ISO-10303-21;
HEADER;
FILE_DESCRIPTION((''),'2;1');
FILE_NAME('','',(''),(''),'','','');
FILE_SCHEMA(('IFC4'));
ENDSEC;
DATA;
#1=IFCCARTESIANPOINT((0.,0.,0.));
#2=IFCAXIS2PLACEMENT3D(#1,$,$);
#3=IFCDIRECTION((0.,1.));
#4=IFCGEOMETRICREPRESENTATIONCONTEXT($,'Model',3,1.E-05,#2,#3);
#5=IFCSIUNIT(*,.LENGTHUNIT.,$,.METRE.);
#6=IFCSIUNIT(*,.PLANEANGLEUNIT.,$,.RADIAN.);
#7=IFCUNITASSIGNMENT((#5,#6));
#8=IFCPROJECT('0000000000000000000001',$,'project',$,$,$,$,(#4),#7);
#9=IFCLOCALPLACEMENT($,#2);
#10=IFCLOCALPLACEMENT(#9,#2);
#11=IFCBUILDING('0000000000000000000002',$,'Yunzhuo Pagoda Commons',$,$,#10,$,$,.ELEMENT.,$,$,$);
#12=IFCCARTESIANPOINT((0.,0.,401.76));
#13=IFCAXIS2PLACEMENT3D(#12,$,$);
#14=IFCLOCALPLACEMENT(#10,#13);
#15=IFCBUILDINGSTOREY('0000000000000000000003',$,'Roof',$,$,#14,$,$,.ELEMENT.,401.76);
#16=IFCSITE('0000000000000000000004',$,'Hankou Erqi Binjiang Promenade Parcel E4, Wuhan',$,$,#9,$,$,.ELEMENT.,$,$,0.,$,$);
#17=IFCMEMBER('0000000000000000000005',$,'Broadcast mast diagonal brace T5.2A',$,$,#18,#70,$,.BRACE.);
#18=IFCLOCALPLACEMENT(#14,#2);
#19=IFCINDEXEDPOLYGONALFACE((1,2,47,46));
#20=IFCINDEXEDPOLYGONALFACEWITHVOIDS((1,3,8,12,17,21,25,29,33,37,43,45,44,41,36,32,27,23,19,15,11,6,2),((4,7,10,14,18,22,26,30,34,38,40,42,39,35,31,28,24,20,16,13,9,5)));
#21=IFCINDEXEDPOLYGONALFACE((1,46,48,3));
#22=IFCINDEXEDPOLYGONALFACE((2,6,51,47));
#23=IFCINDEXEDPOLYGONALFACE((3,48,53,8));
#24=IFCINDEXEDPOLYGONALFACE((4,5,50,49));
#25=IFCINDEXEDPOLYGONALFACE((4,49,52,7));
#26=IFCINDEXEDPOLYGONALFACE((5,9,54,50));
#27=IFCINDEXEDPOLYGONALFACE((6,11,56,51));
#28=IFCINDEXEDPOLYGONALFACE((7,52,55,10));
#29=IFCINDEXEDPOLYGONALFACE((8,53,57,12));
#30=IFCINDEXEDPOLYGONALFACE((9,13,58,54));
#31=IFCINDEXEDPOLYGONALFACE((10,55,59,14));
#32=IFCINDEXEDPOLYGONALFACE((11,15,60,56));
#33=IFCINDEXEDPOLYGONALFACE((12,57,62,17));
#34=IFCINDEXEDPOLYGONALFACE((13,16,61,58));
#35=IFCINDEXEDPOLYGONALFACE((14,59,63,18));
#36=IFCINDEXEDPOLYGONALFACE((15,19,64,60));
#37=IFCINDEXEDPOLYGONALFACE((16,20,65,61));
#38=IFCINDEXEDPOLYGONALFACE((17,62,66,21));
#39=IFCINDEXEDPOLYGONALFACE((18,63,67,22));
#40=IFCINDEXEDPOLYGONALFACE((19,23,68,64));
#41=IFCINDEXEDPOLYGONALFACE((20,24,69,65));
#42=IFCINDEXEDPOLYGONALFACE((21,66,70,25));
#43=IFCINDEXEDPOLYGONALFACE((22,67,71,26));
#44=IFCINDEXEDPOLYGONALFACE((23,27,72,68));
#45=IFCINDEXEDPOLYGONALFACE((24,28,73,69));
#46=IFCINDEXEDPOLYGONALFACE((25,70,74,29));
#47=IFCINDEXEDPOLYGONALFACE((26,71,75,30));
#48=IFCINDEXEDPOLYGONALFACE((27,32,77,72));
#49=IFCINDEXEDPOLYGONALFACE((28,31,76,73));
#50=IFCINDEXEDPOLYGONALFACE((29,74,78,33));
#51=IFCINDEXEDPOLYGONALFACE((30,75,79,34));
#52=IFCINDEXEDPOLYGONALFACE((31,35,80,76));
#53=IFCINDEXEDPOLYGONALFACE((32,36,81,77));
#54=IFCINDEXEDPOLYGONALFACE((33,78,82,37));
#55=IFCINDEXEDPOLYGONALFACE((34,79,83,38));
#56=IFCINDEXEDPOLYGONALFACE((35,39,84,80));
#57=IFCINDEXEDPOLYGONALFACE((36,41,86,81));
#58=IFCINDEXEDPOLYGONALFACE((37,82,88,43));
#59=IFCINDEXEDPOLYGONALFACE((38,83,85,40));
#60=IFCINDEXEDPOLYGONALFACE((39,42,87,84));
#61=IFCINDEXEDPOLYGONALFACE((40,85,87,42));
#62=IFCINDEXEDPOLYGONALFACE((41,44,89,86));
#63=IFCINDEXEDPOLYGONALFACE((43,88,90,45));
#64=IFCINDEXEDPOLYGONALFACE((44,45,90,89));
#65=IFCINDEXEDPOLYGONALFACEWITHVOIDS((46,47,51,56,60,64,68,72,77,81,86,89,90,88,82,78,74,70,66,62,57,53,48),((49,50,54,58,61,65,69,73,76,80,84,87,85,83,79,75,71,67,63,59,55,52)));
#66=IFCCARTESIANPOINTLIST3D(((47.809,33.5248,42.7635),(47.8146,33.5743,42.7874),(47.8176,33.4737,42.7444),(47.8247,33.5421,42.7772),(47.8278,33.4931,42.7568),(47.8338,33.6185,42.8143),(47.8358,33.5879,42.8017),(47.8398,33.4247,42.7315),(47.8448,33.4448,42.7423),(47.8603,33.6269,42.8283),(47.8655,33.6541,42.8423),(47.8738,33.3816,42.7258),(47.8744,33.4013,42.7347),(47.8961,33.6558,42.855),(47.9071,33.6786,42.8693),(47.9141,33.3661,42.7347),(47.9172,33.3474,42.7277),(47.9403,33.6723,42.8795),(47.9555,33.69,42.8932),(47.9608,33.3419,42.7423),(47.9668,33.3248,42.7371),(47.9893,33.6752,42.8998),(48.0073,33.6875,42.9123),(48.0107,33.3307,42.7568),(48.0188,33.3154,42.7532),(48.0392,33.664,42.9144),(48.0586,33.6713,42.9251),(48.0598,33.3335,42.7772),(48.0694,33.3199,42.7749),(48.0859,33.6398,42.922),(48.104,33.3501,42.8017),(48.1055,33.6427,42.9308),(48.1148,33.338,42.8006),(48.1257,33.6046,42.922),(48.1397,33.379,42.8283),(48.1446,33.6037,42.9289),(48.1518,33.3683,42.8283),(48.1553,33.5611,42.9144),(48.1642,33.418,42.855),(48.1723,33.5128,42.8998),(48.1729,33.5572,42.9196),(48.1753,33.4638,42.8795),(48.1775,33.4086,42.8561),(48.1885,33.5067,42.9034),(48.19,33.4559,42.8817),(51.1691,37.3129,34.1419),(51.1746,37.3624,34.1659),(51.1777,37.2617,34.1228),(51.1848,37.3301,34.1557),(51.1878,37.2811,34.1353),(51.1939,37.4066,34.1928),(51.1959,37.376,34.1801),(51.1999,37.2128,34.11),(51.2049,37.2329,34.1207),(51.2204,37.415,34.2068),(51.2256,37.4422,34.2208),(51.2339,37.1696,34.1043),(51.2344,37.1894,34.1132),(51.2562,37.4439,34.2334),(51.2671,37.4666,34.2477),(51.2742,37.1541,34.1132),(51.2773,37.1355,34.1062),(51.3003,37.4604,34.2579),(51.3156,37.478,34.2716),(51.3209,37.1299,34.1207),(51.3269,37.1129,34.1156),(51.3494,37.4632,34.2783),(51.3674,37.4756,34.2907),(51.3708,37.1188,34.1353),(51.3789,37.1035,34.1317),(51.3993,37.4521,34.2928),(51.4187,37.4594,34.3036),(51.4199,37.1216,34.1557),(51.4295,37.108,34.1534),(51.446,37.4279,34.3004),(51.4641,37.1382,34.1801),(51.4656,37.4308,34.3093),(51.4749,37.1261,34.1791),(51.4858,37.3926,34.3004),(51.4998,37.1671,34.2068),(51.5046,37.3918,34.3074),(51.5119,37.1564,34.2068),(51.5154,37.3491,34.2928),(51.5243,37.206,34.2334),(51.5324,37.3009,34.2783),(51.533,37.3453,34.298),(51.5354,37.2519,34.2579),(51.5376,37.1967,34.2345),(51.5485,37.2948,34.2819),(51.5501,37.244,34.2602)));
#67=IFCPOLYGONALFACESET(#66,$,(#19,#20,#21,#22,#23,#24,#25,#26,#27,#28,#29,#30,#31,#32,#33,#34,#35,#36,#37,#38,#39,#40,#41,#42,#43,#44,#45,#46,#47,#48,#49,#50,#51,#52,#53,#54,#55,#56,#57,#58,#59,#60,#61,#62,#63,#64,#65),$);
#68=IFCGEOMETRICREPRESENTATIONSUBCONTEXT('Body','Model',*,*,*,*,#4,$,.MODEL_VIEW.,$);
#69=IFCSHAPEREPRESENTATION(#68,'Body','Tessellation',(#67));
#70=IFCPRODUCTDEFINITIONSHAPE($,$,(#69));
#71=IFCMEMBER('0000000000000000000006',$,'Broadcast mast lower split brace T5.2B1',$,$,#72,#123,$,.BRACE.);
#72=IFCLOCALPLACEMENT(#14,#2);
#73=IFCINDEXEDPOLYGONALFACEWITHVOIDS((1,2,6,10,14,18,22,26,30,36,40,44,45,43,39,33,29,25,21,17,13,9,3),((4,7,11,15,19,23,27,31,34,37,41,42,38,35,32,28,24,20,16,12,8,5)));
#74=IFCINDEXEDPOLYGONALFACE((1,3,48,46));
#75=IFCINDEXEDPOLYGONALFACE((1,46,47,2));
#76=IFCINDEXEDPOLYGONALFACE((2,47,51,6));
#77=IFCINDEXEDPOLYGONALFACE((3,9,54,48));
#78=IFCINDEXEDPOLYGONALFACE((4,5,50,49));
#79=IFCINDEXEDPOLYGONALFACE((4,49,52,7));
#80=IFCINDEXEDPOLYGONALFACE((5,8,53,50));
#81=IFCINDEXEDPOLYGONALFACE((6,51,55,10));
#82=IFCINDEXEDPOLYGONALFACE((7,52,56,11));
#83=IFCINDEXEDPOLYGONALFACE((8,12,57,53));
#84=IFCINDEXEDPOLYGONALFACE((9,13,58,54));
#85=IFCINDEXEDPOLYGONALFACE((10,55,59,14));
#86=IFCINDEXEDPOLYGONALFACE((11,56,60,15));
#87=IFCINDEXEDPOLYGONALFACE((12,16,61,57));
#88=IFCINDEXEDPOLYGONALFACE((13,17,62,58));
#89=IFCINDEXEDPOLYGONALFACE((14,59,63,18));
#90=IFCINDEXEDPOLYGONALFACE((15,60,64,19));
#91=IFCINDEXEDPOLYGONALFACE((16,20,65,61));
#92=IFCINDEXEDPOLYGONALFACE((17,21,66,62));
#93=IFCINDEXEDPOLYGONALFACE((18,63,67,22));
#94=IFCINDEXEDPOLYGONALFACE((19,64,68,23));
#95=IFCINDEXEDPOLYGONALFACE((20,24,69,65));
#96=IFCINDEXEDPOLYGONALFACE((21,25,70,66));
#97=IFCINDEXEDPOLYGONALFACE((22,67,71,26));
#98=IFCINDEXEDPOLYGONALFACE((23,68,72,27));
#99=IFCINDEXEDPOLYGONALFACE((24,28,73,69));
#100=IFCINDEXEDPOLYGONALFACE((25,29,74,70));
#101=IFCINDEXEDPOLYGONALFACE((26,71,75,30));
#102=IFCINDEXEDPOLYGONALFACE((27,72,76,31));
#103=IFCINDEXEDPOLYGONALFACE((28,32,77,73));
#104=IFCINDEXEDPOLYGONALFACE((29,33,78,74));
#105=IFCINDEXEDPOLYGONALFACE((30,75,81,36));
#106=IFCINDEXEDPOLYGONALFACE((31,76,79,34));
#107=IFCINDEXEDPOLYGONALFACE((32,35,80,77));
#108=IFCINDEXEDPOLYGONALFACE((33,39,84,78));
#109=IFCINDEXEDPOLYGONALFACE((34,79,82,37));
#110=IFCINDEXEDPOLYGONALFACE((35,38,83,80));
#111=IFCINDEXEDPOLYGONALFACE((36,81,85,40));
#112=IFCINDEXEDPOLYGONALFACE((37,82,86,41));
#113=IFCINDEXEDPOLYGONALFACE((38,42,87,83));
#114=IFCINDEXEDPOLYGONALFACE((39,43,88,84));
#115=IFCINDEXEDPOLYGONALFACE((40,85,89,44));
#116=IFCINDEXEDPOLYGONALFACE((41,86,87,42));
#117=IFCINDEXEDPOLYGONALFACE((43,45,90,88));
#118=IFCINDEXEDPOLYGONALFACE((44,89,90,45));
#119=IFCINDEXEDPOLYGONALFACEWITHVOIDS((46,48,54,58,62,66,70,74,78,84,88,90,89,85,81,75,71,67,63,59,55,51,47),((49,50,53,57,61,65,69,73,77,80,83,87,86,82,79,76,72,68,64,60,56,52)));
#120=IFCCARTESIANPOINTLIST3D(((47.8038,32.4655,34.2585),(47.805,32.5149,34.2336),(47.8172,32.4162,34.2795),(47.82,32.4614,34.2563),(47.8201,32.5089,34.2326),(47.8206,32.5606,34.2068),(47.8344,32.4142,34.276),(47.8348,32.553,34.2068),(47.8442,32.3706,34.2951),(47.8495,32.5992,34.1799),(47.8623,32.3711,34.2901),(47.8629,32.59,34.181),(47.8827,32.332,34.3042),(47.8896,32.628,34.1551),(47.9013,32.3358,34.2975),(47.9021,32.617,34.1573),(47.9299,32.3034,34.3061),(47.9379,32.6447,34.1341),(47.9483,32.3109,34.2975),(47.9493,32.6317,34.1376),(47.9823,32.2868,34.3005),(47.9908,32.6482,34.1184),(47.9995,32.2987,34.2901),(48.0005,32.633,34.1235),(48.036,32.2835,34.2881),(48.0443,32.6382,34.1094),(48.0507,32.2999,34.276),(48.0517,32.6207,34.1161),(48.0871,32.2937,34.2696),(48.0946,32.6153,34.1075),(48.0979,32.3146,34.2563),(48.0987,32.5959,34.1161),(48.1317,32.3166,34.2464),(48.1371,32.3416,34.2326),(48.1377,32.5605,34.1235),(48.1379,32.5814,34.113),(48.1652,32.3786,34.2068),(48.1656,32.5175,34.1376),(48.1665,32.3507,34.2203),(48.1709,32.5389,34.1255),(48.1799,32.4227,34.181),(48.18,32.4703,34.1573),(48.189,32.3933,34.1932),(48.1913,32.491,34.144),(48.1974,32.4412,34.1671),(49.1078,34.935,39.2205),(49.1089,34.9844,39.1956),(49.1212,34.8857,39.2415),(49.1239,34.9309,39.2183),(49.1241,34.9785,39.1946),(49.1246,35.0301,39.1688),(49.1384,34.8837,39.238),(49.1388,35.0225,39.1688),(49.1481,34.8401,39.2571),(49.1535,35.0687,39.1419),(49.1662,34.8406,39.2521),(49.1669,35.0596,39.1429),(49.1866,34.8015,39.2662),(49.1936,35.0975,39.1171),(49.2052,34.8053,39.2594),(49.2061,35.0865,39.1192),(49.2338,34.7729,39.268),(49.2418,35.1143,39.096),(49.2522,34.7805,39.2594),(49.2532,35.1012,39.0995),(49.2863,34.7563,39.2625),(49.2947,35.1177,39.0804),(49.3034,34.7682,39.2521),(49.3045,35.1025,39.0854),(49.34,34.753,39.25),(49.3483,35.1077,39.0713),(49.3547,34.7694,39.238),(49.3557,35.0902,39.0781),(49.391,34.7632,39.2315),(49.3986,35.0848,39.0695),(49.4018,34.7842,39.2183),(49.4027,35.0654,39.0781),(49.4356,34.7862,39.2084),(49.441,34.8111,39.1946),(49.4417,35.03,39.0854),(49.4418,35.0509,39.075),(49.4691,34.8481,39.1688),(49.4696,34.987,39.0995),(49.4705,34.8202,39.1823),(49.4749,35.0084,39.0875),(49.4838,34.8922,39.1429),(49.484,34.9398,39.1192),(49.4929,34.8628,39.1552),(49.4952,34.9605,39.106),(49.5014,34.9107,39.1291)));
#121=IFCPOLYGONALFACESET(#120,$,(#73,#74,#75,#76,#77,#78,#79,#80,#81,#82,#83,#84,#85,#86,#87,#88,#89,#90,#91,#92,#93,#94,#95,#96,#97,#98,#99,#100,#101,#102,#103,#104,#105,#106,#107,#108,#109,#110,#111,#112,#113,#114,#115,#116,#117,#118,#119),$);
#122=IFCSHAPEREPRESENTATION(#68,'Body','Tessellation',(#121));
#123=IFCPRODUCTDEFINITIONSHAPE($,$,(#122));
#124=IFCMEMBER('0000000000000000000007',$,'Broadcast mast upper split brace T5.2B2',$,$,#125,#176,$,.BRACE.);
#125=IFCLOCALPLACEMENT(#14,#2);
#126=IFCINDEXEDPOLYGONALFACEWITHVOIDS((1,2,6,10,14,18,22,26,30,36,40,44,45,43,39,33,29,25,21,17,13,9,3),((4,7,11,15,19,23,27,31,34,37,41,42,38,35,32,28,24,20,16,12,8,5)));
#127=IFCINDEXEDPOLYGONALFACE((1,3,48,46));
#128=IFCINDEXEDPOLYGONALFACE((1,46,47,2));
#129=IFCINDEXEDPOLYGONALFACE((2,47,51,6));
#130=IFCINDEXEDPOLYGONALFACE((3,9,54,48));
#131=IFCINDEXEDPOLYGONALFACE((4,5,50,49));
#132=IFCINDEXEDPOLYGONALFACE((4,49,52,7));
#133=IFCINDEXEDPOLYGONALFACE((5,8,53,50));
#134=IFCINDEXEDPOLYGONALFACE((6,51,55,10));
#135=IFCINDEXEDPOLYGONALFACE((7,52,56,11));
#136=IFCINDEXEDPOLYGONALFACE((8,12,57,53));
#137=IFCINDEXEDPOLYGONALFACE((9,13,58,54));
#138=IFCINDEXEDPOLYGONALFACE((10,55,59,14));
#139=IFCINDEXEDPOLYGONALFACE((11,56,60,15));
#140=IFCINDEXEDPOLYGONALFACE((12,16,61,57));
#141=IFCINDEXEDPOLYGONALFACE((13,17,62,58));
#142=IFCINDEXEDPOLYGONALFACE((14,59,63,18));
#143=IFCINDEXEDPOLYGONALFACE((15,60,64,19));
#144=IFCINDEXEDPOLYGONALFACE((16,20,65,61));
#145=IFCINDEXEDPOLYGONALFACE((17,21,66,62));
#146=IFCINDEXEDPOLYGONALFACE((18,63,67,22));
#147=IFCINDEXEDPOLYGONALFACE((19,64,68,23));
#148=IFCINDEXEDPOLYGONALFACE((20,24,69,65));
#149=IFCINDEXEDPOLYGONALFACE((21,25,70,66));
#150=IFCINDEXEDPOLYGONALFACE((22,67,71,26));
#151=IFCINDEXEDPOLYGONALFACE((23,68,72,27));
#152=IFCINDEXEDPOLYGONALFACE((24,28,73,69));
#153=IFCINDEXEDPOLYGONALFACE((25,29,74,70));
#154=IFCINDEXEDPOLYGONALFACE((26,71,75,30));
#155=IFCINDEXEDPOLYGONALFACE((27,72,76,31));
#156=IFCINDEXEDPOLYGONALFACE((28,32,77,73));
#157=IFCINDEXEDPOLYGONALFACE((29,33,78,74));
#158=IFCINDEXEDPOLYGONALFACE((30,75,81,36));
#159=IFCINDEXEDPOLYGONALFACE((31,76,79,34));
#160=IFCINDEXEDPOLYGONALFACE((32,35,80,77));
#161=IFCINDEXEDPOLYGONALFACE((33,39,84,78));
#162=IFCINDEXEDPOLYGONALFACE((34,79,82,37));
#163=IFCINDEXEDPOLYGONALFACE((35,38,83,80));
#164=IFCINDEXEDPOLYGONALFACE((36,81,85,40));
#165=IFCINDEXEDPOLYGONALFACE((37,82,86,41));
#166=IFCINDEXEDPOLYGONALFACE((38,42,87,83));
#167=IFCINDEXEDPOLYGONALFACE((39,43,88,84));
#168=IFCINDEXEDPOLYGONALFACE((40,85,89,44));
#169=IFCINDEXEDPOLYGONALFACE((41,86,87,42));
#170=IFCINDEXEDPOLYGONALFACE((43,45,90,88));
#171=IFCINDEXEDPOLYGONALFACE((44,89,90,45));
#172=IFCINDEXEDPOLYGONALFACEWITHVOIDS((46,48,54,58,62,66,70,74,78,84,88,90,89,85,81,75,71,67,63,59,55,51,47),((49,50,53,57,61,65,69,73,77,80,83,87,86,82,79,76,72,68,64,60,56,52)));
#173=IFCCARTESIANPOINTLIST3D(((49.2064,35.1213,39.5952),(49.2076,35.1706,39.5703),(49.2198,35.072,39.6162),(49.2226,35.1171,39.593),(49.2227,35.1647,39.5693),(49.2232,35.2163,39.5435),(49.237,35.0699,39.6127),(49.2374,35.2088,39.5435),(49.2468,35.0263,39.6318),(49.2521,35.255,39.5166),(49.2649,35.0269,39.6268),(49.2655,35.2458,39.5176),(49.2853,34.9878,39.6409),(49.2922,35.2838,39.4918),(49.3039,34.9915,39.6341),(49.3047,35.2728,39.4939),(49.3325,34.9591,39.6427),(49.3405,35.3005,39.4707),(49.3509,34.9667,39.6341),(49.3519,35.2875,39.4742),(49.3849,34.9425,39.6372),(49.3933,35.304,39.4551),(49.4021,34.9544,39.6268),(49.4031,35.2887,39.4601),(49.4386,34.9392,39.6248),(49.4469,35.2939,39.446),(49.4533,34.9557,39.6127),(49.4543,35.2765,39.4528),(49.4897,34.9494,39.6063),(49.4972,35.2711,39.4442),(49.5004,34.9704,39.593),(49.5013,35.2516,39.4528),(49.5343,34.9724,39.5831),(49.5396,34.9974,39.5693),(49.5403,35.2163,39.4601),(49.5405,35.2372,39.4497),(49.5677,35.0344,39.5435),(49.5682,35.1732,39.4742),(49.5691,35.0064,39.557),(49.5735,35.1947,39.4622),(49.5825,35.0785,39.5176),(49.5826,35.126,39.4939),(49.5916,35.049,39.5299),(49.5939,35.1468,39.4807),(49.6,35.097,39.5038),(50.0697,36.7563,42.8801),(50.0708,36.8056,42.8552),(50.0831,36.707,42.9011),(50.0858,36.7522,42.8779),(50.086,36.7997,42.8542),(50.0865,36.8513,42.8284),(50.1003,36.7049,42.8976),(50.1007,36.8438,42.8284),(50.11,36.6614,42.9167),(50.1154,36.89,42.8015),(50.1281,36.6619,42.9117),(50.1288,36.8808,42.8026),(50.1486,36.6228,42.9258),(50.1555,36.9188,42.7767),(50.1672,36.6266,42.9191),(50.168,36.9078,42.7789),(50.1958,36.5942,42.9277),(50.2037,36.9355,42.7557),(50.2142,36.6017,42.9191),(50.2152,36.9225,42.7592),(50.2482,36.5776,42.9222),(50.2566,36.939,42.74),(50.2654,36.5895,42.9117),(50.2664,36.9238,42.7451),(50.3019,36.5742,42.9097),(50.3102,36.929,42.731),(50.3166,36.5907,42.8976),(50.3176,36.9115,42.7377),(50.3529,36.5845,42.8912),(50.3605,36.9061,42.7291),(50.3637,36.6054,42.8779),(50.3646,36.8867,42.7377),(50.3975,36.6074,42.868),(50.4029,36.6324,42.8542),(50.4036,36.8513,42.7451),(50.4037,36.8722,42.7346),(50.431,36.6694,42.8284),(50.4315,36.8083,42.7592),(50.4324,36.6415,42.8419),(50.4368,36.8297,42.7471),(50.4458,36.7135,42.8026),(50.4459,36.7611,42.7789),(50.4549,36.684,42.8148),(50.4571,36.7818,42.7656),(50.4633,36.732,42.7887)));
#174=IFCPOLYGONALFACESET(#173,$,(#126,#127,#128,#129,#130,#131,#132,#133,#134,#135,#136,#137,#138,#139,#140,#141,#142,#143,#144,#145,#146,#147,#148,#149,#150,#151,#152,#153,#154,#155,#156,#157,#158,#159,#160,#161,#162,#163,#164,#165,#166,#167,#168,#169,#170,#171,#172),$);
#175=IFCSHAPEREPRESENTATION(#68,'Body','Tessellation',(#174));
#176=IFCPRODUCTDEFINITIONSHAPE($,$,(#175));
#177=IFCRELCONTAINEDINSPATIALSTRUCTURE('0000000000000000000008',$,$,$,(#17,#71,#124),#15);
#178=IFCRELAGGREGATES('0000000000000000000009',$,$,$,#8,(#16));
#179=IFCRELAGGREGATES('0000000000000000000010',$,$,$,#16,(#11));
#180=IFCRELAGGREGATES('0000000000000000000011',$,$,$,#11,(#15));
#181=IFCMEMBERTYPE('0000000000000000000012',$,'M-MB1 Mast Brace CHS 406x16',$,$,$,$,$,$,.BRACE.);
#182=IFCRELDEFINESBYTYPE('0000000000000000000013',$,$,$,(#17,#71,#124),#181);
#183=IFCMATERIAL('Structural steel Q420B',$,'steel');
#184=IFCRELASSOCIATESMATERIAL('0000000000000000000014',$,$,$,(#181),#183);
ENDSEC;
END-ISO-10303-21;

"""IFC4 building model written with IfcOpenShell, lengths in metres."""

from ifc_helpers import new_model, si_unit, direction, frame, origin, origin_2d, place, context, subcontext, project, spatial, hollow_circle, extrude, source, transform, mapped, material, material_profile, profile_set, type_object, element, save


model = new_model("IFC4")

# Units and contexts
model_context = context("Model", 3, precision=1e-05, world=origin(), true_north=direction((0.0, 1.0)))
body_context = subcontext(model_context, "Body", "Model", "MODEL_VIEW")
ifc_project = project(units=[si_unit("LENGTHUNIT", "METRE"), si_unit("PLANEANGLEUNIT", "RADIAN")], contexts=[model_context])

# Site, building, storey
site_placement = place(None, origin())
site = spatial("IfcSite", under=ifc_project, at=site_placement, Name="Hankou Erqi Binjiang Promenade Parcel E4, Wuhan", CompositionType="ELEMENT", RefElevation=0.0)
building_placement = place(site_placement, origin())
building = spatial("IfcBuilding", under=site, at=building_placement, Name="Yunzhuo Pagoda Commons", CompositionType="ELEMENT")
storey_placement = place(building_placement, frame((0.0, 0.0, 401.76)))
storey = spatial("IfcBuildingStorey", under=building, at=storey_placement, Name="Roof", CompositionType="ELEMENT", Elevation=401.76)

# Members
ifc_material_1 = material(Name="Structural steel Q420B", Category="steel")
ifc_material_profile_1 = material_profile(ifc_material_1, hollow_circle(Radius=0.2029, WallThickness=0.0161, at=origin_2d()), Name="Structural steel Q420B")
ifc_profile_set_1 = profile_set([ifc_material_profile_1], Name="Structural steel Q420B")
member_type_1 = type_object("IfcMemberType", Name="M-MB1 Mast Brace CHS 406x16", PredefinedType="BRACE", material=ifc_profile_set_1)
shared_shape_1 = source(origin(), body_context, "Body", "SweptSolid", [
    extrude(hollow_circle(Radius=0.2029, WallThickness=0.0161, at=origin_2d()), origin(), (0.0, 0.0, 1.0), 9.9985),
])
member_1_placement = place(storey_placement, frame((51.3601, 37.291, 34.2068), z_axis=(-0.336058, -0.378862, 0.862281), x_axis=(0.748103, -0.663582, 0.0)))
element("IfcMember", 1, at=member_1_placement, inside=storey, type_object=member_type_1, Name="Broadcast mast diagonal brace T5.2A", PredefinedType="BRACE", context=body_context, shape_type="MappedRepresentation", body=[
    mapped(shared_shape_1, transform((0.0, 0.0, 0.0), scale=1.0)),
])
shared_shape_2 = source(origin(), body_context, "Body", "SweptSolid", [
    extrude(hollow_circle(Radius=0.2029, WallThickness=0.0161, at=origin_2d()), origin(), (0.0, 0.0, 1.0), 5.6938),
])
member_2_placement = place(storey_placement, frame((48.0, 32.4658, 34.2068), z_axis=(0.229014, 0.433715, 0.871461), x_axis=(-0.884294, 0.466931, 0.0)))
element("IfcMember", 2, at=member_2_placement, inside=storey, type_object=member_type_1, Name="Broadcast mast lower split brace T5.2B1", PredefinedType="BRACE", context=body_context, shape_type="MappedRepresentation", body=[
    mapped(shared_shape_2, transform((0.0, 0.0, 0.0), scale=1.0)),
])
shared_shape_3 = source(origin(), body_context, "Body", "SweptSolid", [
    extrude(hollow_circle(Radius=0.2029, WallThickness=0.0161, at=origin_2d()), origin(), (0.0, 0.0, 1.0), 3.7695),
])
member_3_placement = place(storey_placement, frame((49.4026, 35.1216, 39.5435), z_axis=(0.229017, 0.433747, 0.871444), x_axis=(-0.884304, 0.466911, 0.0)))
element("IfcMember", 3, at=member_3_placement, inside=storey, type_object=member_type_1, Name="Broadcast mast upper split brace T5.2B2", PredefinedType="BRACE", context=body_context, shape_type="MappedRepresentation", body=[
    mapped(shared_shape_3, transform((0.0, 0.0, 0.0), scale=1.0)),
])

save(model, "model.ifc")
